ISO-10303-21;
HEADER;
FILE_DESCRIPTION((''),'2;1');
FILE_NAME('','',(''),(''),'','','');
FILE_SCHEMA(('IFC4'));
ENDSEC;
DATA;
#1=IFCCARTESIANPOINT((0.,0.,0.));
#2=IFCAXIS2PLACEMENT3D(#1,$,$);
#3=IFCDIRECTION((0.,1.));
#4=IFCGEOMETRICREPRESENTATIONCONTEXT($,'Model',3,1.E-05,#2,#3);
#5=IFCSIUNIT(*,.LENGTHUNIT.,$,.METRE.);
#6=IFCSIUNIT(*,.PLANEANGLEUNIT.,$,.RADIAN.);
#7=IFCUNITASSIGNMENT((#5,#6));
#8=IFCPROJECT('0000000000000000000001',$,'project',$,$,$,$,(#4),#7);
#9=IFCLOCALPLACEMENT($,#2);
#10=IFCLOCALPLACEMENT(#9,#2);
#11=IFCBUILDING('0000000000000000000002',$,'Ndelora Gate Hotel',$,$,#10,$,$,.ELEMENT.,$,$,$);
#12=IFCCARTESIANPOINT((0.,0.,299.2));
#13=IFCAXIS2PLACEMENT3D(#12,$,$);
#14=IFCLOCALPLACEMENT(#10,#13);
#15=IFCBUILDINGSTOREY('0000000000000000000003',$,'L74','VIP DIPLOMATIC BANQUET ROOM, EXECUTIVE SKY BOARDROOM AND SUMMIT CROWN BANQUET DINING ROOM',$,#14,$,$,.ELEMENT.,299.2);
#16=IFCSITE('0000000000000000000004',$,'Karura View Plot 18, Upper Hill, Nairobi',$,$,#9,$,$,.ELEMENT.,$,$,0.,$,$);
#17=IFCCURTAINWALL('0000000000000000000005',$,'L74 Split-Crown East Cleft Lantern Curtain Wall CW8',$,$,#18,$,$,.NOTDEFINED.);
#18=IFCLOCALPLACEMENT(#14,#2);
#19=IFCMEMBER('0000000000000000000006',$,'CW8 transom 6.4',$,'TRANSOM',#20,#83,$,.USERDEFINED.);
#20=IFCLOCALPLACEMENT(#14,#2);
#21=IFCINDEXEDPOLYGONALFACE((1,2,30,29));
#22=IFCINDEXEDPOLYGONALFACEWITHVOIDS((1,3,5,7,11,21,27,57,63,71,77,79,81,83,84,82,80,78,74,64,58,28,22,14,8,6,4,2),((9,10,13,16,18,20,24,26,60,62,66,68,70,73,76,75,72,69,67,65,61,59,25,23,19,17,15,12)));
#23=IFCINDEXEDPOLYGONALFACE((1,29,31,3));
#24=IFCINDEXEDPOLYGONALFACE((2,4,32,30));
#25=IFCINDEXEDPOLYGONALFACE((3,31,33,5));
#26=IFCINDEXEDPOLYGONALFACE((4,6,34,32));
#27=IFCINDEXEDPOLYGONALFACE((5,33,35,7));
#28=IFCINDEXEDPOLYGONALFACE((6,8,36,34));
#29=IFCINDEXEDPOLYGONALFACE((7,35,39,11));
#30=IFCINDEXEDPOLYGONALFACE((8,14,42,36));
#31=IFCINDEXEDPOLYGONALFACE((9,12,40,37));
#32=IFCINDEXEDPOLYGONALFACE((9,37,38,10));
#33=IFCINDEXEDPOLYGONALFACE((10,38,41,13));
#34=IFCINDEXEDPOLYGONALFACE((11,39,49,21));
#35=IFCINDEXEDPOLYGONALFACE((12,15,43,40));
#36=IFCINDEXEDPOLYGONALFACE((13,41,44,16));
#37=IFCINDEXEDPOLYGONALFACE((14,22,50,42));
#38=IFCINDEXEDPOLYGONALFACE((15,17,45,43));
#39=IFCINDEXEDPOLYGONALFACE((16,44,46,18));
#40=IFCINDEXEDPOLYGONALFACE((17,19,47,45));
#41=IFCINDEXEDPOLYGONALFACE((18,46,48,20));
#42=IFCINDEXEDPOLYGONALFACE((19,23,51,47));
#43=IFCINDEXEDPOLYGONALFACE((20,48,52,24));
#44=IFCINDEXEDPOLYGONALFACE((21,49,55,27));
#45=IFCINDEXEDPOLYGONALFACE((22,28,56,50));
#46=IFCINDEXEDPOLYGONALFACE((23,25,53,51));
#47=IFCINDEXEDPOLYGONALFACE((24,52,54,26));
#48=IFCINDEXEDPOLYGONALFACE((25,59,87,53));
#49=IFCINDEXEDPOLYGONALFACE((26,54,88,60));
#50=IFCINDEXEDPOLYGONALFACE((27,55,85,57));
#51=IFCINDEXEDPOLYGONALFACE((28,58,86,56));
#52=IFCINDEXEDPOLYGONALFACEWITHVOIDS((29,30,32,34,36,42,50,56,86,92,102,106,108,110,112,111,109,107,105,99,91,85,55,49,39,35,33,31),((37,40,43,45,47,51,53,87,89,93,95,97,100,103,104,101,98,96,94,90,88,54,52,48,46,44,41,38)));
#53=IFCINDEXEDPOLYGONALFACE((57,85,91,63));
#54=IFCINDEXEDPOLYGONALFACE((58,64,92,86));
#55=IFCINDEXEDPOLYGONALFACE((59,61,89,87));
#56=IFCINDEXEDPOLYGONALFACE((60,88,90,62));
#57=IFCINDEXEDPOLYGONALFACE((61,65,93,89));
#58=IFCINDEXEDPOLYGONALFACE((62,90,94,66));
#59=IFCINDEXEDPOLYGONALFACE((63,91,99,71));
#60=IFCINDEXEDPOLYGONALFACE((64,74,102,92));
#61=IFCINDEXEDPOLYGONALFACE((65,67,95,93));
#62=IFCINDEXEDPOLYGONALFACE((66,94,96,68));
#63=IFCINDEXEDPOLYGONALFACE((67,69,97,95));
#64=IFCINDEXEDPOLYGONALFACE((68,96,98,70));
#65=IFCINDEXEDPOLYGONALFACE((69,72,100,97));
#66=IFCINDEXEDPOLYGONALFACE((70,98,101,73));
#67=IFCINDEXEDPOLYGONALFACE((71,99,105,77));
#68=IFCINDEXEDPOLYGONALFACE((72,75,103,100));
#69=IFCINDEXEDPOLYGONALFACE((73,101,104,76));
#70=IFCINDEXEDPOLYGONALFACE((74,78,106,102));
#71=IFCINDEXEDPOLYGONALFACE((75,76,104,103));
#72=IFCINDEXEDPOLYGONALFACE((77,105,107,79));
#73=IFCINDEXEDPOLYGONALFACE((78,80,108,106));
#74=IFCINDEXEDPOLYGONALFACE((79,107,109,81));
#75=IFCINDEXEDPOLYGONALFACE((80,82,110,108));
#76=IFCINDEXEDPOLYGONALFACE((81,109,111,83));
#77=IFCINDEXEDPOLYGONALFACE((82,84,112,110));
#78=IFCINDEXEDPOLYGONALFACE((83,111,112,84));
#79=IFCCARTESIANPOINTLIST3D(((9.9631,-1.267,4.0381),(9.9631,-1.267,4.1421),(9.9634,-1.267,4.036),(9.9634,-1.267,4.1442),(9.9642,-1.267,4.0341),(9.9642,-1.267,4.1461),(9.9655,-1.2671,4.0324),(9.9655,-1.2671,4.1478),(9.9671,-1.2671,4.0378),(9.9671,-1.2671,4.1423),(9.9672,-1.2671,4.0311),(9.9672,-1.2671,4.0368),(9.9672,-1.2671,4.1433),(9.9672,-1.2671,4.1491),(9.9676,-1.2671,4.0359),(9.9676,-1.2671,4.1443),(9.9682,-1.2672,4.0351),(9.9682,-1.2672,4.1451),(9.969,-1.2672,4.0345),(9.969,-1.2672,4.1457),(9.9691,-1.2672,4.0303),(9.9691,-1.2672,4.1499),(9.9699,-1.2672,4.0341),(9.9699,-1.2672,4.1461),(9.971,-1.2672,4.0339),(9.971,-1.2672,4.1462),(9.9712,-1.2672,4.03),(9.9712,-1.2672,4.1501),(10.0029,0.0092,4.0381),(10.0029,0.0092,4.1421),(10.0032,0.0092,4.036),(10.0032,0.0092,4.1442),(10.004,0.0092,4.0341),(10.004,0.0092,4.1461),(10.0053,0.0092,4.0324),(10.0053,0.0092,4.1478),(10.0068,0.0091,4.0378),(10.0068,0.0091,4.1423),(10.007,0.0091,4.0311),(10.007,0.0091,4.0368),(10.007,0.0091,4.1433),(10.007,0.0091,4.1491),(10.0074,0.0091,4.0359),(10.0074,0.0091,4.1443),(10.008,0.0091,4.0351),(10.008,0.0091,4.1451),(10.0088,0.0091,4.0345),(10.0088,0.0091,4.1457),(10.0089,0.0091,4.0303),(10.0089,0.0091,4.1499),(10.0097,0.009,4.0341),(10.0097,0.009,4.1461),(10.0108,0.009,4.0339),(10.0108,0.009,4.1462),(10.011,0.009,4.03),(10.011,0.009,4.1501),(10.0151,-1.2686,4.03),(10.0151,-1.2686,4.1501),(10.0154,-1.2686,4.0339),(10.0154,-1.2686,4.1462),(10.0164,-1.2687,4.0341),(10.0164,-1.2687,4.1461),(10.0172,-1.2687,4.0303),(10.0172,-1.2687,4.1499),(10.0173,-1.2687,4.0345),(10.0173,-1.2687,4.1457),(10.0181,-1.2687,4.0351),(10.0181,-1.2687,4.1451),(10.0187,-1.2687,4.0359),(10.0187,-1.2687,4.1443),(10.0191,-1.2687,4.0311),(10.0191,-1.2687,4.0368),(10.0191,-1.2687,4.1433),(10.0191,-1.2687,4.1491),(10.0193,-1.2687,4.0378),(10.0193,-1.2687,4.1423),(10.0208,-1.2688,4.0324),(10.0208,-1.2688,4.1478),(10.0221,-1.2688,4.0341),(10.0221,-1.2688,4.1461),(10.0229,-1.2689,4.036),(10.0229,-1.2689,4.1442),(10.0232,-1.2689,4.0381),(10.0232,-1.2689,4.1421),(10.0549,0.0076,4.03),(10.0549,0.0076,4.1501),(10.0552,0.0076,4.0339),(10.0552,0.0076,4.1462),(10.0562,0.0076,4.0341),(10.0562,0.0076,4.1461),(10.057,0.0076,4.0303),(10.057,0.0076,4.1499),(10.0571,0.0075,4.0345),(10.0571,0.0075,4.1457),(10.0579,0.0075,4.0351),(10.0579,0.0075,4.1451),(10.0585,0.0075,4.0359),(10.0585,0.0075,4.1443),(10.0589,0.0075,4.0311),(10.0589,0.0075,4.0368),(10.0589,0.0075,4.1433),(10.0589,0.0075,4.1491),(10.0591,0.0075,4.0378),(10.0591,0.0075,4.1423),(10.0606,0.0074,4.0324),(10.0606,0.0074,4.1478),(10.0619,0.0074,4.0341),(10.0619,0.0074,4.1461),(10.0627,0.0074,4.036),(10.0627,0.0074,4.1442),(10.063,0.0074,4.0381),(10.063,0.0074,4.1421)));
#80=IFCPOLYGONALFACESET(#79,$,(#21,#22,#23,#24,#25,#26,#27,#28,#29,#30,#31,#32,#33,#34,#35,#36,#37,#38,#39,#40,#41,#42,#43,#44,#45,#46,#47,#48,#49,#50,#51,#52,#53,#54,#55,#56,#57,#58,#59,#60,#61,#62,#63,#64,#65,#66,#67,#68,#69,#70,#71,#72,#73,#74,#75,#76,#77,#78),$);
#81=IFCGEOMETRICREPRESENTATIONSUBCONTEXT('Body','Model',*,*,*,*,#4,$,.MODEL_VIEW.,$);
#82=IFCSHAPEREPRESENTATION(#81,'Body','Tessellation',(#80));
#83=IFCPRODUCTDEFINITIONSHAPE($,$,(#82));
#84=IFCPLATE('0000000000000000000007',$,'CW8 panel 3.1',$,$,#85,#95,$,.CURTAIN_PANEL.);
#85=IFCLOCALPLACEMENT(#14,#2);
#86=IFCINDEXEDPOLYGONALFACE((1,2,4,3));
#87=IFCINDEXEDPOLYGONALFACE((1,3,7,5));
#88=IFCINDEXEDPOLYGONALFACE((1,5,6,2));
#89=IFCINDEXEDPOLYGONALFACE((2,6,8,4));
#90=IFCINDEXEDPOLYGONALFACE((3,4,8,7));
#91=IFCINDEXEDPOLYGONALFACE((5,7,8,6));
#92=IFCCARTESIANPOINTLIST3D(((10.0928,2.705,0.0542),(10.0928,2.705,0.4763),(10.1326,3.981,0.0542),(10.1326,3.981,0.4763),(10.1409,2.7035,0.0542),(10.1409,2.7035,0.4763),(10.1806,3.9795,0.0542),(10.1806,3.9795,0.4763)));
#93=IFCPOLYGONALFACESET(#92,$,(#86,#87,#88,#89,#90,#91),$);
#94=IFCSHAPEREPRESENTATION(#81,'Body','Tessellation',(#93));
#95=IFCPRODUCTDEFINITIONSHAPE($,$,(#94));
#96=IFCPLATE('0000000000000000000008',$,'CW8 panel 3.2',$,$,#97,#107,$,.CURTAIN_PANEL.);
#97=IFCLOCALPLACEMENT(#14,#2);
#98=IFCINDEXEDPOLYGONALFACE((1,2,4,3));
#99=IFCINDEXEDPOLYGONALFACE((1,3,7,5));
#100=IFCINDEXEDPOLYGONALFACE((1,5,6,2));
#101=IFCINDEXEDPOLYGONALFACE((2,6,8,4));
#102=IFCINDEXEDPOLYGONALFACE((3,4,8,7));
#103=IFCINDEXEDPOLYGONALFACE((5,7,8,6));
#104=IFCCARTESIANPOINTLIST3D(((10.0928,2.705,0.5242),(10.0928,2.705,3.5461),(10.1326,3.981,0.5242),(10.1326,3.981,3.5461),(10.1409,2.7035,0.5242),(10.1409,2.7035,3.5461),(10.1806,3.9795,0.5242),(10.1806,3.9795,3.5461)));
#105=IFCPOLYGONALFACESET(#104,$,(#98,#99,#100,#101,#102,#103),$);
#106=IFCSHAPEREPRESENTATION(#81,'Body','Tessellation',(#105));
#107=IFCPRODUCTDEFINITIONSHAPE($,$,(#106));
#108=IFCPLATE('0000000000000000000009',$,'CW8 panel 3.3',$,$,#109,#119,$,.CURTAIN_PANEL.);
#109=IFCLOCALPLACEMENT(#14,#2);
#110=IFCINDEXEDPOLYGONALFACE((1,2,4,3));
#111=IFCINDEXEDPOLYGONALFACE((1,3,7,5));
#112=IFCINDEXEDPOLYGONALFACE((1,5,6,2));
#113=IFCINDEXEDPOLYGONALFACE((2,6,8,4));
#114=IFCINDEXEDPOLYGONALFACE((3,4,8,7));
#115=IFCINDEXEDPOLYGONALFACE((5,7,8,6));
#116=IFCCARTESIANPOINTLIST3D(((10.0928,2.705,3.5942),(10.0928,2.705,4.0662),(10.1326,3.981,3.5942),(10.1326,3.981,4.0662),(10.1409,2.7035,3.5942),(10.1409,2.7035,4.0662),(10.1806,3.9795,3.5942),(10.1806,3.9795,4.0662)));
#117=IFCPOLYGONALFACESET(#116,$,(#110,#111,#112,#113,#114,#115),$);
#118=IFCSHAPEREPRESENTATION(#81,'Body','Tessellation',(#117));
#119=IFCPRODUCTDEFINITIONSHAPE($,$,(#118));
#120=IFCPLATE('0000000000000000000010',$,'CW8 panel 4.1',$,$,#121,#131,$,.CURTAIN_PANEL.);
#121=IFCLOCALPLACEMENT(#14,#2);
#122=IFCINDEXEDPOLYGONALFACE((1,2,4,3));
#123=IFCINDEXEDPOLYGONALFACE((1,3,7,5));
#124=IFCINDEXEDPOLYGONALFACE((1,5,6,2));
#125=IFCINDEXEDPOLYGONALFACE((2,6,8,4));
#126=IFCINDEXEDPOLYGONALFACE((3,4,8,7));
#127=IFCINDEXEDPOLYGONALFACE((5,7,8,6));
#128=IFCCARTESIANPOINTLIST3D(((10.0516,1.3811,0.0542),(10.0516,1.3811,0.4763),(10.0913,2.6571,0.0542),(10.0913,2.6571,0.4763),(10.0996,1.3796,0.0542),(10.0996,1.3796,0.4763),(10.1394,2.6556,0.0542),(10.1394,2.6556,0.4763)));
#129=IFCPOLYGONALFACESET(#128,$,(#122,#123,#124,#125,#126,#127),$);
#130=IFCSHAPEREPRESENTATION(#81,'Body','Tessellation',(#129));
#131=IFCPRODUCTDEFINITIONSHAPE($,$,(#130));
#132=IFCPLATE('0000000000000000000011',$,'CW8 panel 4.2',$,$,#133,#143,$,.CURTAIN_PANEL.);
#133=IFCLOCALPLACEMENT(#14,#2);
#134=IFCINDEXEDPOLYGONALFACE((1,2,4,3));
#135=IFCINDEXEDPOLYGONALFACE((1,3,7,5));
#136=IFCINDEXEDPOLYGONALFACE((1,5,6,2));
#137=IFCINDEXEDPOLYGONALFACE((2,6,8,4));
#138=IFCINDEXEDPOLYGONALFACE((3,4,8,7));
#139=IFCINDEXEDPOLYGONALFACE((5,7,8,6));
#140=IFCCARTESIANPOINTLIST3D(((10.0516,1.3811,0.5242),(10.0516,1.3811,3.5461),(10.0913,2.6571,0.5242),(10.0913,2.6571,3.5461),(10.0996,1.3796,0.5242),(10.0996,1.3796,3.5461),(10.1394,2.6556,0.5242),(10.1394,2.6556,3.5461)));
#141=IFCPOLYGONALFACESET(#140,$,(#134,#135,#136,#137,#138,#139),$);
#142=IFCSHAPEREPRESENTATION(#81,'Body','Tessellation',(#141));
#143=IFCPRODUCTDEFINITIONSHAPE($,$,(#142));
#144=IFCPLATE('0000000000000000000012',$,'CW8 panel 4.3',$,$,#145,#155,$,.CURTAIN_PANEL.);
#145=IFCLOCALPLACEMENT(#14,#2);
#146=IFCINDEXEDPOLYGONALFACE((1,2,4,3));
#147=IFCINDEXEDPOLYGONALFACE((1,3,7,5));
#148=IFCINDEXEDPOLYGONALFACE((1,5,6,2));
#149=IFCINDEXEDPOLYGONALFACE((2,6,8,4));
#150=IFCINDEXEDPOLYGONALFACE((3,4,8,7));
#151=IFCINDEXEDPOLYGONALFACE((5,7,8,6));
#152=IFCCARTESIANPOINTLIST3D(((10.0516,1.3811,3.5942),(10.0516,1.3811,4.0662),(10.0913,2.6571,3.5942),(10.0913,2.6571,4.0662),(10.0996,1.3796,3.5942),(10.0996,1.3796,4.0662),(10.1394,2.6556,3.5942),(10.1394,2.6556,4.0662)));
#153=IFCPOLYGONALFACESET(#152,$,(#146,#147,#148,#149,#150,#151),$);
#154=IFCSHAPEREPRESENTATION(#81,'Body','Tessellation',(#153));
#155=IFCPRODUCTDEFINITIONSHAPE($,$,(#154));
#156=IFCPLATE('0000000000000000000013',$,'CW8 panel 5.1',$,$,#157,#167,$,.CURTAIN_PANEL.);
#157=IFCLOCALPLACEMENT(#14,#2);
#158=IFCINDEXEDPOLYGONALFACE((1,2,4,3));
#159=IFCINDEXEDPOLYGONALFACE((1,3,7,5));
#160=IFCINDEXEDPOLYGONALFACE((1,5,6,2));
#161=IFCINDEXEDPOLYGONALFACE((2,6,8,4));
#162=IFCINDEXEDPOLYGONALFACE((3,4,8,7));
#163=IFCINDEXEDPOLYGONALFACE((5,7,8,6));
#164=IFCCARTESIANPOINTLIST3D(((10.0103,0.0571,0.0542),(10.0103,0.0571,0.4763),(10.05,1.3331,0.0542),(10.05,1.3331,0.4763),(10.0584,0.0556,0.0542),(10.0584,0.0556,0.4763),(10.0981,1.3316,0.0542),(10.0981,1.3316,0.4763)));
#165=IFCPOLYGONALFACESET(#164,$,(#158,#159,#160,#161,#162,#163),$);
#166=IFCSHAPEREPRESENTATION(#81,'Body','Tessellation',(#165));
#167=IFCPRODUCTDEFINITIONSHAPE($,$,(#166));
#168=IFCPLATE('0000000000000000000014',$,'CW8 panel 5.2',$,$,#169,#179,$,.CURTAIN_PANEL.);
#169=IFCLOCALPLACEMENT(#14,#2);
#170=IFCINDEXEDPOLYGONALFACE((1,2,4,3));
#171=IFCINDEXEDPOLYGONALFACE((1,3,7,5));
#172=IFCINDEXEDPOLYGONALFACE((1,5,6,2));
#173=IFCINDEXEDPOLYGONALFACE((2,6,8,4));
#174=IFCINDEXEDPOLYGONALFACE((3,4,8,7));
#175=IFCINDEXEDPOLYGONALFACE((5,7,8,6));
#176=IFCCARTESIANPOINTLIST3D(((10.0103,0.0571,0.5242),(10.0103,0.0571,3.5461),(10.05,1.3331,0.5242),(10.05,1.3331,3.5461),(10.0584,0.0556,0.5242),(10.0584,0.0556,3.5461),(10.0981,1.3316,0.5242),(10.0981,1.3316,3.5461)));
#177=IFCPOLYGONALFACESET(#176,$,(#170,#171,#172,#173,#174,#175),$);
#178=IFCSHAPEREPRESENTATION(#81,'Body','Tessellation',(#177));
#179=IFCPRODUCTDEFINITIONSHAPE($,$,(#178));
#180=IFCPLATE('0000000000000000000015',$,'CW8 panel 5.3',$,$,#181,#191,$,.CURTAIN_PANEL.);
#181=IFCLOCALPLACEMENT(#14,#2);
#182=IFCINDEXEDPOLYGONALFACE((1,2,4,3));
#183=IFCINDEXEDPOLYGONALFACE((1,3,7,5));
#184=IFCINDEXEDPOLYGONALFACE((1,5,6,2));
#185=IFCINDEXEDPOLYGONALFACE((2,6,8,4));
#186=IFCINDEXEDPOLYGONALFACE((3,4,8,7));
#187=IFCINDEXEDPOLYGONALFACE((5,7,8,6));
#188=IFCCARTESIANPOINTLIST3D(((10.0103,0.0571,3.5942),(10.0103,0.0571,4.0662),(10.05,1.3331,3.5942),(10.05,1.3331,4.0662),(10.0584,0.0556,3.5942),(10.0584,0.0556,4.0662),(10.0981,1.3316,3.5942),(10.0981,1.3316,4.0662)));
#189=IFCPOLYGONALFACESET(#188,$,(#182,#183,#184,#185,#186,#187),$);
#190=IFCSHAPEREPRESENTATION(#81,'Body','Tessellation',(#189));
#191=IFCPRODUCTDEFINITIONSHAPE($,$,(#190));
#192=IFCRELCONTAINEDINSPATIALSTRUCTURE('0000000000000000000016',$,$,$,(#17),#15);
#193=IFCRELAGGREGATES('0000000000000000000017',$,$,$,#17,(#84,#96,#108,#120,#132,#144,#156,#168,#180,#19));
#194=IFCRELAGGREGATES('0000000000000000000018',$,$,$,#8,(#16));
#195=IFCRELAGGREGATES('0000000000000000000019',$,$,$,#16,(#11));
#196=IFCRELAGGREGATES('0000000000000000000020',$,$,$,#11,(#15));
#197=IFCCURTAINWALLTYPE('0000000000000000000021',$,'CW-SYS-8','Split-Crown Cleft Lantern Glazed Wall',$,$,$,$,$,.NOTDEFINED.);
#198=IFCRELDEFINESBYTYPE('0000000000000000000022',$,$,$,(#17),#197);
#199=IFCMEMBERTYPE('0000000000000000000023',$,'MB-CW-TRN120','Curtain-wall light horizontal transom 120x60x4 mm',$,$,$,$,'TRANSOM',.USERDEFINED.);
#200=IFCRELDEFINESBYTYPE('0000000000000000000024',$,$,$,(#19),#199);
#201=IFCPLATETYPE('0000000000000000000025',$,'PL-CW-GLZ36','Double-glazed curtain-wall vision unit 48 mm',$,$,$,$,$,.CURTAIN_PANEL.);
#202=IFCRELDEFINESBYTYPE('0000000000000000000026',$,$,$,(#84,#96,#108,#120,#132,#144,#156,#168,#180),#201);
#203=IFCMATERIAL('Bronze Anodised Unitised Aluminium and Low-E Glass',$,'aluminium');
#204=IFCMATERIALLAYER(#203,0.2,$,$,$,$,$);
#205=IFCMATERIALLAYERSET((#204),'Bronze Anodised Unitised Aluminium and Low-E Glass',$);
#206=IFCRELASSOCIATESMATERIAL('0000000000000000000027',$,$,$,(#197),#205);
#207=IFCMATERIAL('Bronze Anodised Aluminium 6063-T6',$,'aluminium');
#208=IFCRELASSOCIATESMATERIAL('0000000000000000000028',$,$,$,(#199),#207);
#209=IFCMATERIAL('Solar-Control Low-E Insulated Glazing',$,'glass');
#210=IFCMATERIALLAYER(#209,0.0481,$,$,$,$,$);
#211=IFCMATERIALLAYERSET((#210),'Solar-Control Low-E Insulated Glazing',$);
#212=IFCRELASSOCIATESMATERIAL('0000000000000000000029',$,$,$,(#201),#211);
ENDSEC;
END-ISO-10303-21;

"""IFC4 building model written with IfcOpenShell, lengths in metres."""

from ifc_helpers import new_model, si_unit, direction, frame, origin, origin_2d, place, context, subcontext, project, spatial, rectangle, hollow_rectangle, extrude, material, layer, layer_set, material_profile, profile_set, type_object, element, aggregate, save


model = new_model("IFC4")

# Units and contexts
model_context = context("Model", 3, precision=1e-05, world=origin(), true_north=direction((0.0, 1.0)))
body_context = subcontext(model_context, "Body", "Model", "MODEL_VIEW")
ifc_project = project(units=[si_unit("LENGTHUNIT", "METRE"), si_unit("PLANEANGLEUNIT", "RADIAN")], contexts=[model_context])

# Site, building, storey
site_placement = place(None, origin())
site = spatial("IfcSite", under=ifc_project, at=site_placement, Name="Karura View Plot 18, Upper Hill, Nairobi", CompositionType="ELEMENT", RefElevation=0.0)
building_placement = place(site_placement, origin())
building = spatial("IfcBuilding", under=site, at=building_placement, Name="Ndelora Gate Hotel", CompositionType="ELEMENT")
storey_placement = place(building_placement, frame((0.0, 0.0, 299.2)))
storey = spatial("IfcBuildingStorey", under=building, at=storey_placement, Name="L74", Description="VIP DIPLOMATIC BANQUET ROOM, EXECUTIVE SKY BOARDROOM AND SUMMIT CROWN BANQUET DINING ROOM", CompositionType="ELEMENT", Elevation=299.2)

# Curtain wall, member, plates
ifc_material_1 = material(Name="Bronze Anodised Unitised Aluminium and Low-E Glass", Category="aluminium")
ifc_layer_1 = layer(ifc_material_1, 0.2)
ifc_layer_set_1 = layer_set([ifc_layer_1], Name="Bronze Anodised Unitised Aluminium and Low-E Glass")
curtain_wall_type = type_object("IfcCurtainWallType", Name="CW-SYS-8", Description="Split-Crown Cleft Lantern Glazed Wall", PredefinedType="NOTDEFINED", material=ifc_layer_set_1)
curtain_wall_placement = place(storey_placement, origin())
curtain_wall = element("IfcCurtainWall", 1, at=curtain_wall_placement, inside=storey, type_object=curtain_wall_type, Name="L74 Split-Crown East Cleft Lantern Curtain Wall CW8", PredefinedType="NOTDEFINED")
ifc_material_2 = material(Name="Bronze Anodised Aluminium 6063-T6", Category="aluminium")
ifc_material_profile_1 = material_profile(ifc_material_2, hollow_rectangle(XDim=0.0601, YDim=0.1201, WallThickness=0.0039, InnerFilletRadius=0.0039, OuterFilletRadius=0.0081, at=origin_2d()), Name="ALU 120x60x4")
ifc_profile_set_1 = profile_set([ifc_material_profile_1], Name="Bronze Anodised Aluminium 6063-T6")
member_type_1 = type_object("IfcMemberType", Name="MB-CW-TRN120", Description="Curtain-wall light horizontal transom 120x60x4 mm", ElementType="TRANSOM", PredefinedType="USERDEFINED", material=ifc_profile_set_1)
member_1_placement = place(storey_placement, frame((10.033, 0.0083, 4.0901), z_axis=(-0.031169, -0.999514, 0.0), x_axis=(0.999514, -0.031169, 0.0)))
member_1 = element("IfcMember", 2, at=member_1_placement, type_object=member_type_1, Name="CW8 transom 6.4", ObjectType="TRANSOM", PredefinedType="USERDEFINED", context=body_context, shape_type="SweptSolid", body=[
    extrude(hollow_rectangle(XDim=0.0601, YDim=0.1201, WallThickness=0.0039, InnerFilletRadius=0.0039, OuterFilletRadius=0.0081, at=origin_2d()), origin(), (0.0, 0.0, 1.0), 1.2769),
])
ifc_material_3 = material(Name="Solar-Control Low-E Insulated Glazing", Category="glass")
ifc_layer_2 = layer(ifc_material_3, 0.0481)
ifc_layer_set_2 = layer_set([ifc_layer_2], Name="Solar-Control Low-E Insulated Glazing")
plate_type = type_object("IfcPlateType", Name="PL-CW-GLZ36", Description="Double-glazed curtain-wall vision unit 48 mm", PredefinedType="CURTAIN_PANEL", material=ifc_layer_set_2)
plate_1_placement = place(storey_placement, frame((10.1367, 3.3423, 0.0542), z_axis=(0.0, 0.0, 1.0), x_axis=(-0.031131, -0.999515, 0.0)))
plate_1 = element("IfcPlate", 3, at=plate_1_placement, type_object=plate_type, Name="CW8 panel 3.1", PredefinedType="CURTAIN_PANEL", context=body_context, shape_type="SweptSolid", body=[
    extrude(rectangle(XDim=1.2766, YDim=0.0481, at=origin_2d()), origin(), (0.0, 0.0, 1.0), 0.4221),
])
plate_2_placement = place(storey_placement, frame((10.1367, 3.3423, 0.5242), z_axis=(0.0, 0.0, 1.0), x_axis=(-0.031131, -0.999515, 0.0)))
plate_2 = element("IfcPlate", 4, at=plate_2_placement, type_object=plate_type, Name="CW8 panel 3.2", PredefinedType="CURTAIN_PANEL", context=body_context, shape_type="SweptSolid", body=[
    extrude(rectangle(XDim=1.2766, YDim=0.0481, at=origin_2d()), origin(), (0.0, 0.0, 1.0), 3.022),
])
plate_3_placement = place(storey_placement, frame((10.1367, 3.3423, 3.5942), z_axis=(0.0, 0.0, 1.0), x_axis=(-0.031131, -0.999515, 0.0)))
plate_3 = element("IfcPlate", 5, at=plate_3_placement, type_object=plate_type, Name="CW8 panel 3.3", PredefinedType="CURTAIN_PANEL", context=body_context, shape_type="SweptSolid", body=[
    extrude(rectangle(XDim=1.2766, YDim=0.0481, at=origin_2d()), origin(), (0.0, 0.0, 1.0), 0.4719),
])
plate_4_placement = place(storey_placement, frame((10.0955, 2.0183, 0.0542), z_axis=(0.0, 0.0, 1.0), x_axis=(-0.031131, -0.999515, 0.0)))
plate_4 = element("IfcPlate", 6, at=plate_4_placement, type_object=plate_type, Name="CW8 panel 4.1", PredefinedType="CURTAIN_PANEL", context=body_context, shape_type="SweptSolid", body=[
    extrude(rectangle(XDim=1.2766, YDim=0.0481, at=origin_2d()), origin(), (0.0, 0.0, 1.0), 0.4221),
])
plate_5_placement = place(storey_placement, frame((10.0955, 2.0183, 0.5242), z_axis=(0.0, 0.0, 1.0), x_axis=(-0.031131, -0.999515, 0.0)))
plate_5 = element("IfcPlate", 7, at=plate_5_placement, type_object=plate_type, Name="CW8 panel 4.2", PredefinedType="CURTAIN_PANEL", context=body_context, shape_type="SweptSolid", body=[
    extrude(rectangle(XDim=1.2766, YDim=0.0481, at=origin_2d()), origin(), (0.0, 0.0, 1.0), 3.022),
])
plate_6_placement = place(storey_placement, frame((10.0955, 2.0183, 3.5942), z_axis=(0.0, 0.0, 1.0), x_axis=(-0.031131, -0.999515, 0.0)))
plate_6 = element("IfcPlate", 8, at=plate_6_placement, type_object=plate_type, Name="CW8 panel 4.3", PredefinedType="CURTAIN_PANEL", context=body_context, shape_type="SweptSolid", body=[
    extrude(rectangle(XDim=1.2766, YDim=0.0481, at=origin_2d()), origin(), (0.0, 0.0, 1.0), 0.4719),
])
plate_7_placement = place(storey_placement, frame((10.0542, 0.6943, 0.0542), z_axis=(0.0, 0.0, 1.0), x_axis=(-0.031131, -0.999515, 0.0)))
plate_7 = element("IfcPlate", 9, at=plate_7_placement, type_object=plate_type, Name="CW8 panel 5.1", PredefinedType="CURTAIN_PANEL", context=body_context, shape_type="SweptSolid", body=[
    extrude(rectangle(XDim=1.2766, YDim=0.0481, at=origin_2d()), origin(), (0.0, 0.0, 1.0), 0.4221),
])
plate_8_placement = place(storey_placement, frame((10.0542, 0.6943, 0.5242), z_axis=(0.0, 0.0, 1.0), x_axis=(-0.031131, -0.999515, 0.0)))
plate_8 = element("IfcPlate", 10, at=plate_8_placement, type_object=plate_type, Name="CW8 panel 5.2", PredefinedType="CURTAIN_PANEL", context=body_context, shape_type="SweptSolid", body=[
    extrude(rectangle(XDim=1.2766, YDim=0.0481, at=origin_2d()), origin(), (0.0, 0.0, 1.0), 3.022),
])
plate_9_placement = place(storey_placement, frame((10.0542, 0.6943, 3.5942), z_axis=(0.0, 0.0, 1.0), x_axis=(-0.031131, -0.999515, 0.0)))
plate_9 = element("IfcPlate", 11, at=plate_9_placement, type_object=plate_type, Name="CW8 panel 5.3", PredefinedType="CURTAIN_PANEL", context=body_context, shape_type="SweptSolid", body=[
    extrude(rectangle(XDim=1.2766, YDim=0.0481, at=origin_2d()), origin(), (0.0, 0.0, 1.0), 0.4719),
])
aggregate(curtain_wall, [plate_1, plate_2, plate_3, plate_4, plate_5, plate_6, plate_7, plate_8, plate_9, member_1])

save(model, "model.ifc")
